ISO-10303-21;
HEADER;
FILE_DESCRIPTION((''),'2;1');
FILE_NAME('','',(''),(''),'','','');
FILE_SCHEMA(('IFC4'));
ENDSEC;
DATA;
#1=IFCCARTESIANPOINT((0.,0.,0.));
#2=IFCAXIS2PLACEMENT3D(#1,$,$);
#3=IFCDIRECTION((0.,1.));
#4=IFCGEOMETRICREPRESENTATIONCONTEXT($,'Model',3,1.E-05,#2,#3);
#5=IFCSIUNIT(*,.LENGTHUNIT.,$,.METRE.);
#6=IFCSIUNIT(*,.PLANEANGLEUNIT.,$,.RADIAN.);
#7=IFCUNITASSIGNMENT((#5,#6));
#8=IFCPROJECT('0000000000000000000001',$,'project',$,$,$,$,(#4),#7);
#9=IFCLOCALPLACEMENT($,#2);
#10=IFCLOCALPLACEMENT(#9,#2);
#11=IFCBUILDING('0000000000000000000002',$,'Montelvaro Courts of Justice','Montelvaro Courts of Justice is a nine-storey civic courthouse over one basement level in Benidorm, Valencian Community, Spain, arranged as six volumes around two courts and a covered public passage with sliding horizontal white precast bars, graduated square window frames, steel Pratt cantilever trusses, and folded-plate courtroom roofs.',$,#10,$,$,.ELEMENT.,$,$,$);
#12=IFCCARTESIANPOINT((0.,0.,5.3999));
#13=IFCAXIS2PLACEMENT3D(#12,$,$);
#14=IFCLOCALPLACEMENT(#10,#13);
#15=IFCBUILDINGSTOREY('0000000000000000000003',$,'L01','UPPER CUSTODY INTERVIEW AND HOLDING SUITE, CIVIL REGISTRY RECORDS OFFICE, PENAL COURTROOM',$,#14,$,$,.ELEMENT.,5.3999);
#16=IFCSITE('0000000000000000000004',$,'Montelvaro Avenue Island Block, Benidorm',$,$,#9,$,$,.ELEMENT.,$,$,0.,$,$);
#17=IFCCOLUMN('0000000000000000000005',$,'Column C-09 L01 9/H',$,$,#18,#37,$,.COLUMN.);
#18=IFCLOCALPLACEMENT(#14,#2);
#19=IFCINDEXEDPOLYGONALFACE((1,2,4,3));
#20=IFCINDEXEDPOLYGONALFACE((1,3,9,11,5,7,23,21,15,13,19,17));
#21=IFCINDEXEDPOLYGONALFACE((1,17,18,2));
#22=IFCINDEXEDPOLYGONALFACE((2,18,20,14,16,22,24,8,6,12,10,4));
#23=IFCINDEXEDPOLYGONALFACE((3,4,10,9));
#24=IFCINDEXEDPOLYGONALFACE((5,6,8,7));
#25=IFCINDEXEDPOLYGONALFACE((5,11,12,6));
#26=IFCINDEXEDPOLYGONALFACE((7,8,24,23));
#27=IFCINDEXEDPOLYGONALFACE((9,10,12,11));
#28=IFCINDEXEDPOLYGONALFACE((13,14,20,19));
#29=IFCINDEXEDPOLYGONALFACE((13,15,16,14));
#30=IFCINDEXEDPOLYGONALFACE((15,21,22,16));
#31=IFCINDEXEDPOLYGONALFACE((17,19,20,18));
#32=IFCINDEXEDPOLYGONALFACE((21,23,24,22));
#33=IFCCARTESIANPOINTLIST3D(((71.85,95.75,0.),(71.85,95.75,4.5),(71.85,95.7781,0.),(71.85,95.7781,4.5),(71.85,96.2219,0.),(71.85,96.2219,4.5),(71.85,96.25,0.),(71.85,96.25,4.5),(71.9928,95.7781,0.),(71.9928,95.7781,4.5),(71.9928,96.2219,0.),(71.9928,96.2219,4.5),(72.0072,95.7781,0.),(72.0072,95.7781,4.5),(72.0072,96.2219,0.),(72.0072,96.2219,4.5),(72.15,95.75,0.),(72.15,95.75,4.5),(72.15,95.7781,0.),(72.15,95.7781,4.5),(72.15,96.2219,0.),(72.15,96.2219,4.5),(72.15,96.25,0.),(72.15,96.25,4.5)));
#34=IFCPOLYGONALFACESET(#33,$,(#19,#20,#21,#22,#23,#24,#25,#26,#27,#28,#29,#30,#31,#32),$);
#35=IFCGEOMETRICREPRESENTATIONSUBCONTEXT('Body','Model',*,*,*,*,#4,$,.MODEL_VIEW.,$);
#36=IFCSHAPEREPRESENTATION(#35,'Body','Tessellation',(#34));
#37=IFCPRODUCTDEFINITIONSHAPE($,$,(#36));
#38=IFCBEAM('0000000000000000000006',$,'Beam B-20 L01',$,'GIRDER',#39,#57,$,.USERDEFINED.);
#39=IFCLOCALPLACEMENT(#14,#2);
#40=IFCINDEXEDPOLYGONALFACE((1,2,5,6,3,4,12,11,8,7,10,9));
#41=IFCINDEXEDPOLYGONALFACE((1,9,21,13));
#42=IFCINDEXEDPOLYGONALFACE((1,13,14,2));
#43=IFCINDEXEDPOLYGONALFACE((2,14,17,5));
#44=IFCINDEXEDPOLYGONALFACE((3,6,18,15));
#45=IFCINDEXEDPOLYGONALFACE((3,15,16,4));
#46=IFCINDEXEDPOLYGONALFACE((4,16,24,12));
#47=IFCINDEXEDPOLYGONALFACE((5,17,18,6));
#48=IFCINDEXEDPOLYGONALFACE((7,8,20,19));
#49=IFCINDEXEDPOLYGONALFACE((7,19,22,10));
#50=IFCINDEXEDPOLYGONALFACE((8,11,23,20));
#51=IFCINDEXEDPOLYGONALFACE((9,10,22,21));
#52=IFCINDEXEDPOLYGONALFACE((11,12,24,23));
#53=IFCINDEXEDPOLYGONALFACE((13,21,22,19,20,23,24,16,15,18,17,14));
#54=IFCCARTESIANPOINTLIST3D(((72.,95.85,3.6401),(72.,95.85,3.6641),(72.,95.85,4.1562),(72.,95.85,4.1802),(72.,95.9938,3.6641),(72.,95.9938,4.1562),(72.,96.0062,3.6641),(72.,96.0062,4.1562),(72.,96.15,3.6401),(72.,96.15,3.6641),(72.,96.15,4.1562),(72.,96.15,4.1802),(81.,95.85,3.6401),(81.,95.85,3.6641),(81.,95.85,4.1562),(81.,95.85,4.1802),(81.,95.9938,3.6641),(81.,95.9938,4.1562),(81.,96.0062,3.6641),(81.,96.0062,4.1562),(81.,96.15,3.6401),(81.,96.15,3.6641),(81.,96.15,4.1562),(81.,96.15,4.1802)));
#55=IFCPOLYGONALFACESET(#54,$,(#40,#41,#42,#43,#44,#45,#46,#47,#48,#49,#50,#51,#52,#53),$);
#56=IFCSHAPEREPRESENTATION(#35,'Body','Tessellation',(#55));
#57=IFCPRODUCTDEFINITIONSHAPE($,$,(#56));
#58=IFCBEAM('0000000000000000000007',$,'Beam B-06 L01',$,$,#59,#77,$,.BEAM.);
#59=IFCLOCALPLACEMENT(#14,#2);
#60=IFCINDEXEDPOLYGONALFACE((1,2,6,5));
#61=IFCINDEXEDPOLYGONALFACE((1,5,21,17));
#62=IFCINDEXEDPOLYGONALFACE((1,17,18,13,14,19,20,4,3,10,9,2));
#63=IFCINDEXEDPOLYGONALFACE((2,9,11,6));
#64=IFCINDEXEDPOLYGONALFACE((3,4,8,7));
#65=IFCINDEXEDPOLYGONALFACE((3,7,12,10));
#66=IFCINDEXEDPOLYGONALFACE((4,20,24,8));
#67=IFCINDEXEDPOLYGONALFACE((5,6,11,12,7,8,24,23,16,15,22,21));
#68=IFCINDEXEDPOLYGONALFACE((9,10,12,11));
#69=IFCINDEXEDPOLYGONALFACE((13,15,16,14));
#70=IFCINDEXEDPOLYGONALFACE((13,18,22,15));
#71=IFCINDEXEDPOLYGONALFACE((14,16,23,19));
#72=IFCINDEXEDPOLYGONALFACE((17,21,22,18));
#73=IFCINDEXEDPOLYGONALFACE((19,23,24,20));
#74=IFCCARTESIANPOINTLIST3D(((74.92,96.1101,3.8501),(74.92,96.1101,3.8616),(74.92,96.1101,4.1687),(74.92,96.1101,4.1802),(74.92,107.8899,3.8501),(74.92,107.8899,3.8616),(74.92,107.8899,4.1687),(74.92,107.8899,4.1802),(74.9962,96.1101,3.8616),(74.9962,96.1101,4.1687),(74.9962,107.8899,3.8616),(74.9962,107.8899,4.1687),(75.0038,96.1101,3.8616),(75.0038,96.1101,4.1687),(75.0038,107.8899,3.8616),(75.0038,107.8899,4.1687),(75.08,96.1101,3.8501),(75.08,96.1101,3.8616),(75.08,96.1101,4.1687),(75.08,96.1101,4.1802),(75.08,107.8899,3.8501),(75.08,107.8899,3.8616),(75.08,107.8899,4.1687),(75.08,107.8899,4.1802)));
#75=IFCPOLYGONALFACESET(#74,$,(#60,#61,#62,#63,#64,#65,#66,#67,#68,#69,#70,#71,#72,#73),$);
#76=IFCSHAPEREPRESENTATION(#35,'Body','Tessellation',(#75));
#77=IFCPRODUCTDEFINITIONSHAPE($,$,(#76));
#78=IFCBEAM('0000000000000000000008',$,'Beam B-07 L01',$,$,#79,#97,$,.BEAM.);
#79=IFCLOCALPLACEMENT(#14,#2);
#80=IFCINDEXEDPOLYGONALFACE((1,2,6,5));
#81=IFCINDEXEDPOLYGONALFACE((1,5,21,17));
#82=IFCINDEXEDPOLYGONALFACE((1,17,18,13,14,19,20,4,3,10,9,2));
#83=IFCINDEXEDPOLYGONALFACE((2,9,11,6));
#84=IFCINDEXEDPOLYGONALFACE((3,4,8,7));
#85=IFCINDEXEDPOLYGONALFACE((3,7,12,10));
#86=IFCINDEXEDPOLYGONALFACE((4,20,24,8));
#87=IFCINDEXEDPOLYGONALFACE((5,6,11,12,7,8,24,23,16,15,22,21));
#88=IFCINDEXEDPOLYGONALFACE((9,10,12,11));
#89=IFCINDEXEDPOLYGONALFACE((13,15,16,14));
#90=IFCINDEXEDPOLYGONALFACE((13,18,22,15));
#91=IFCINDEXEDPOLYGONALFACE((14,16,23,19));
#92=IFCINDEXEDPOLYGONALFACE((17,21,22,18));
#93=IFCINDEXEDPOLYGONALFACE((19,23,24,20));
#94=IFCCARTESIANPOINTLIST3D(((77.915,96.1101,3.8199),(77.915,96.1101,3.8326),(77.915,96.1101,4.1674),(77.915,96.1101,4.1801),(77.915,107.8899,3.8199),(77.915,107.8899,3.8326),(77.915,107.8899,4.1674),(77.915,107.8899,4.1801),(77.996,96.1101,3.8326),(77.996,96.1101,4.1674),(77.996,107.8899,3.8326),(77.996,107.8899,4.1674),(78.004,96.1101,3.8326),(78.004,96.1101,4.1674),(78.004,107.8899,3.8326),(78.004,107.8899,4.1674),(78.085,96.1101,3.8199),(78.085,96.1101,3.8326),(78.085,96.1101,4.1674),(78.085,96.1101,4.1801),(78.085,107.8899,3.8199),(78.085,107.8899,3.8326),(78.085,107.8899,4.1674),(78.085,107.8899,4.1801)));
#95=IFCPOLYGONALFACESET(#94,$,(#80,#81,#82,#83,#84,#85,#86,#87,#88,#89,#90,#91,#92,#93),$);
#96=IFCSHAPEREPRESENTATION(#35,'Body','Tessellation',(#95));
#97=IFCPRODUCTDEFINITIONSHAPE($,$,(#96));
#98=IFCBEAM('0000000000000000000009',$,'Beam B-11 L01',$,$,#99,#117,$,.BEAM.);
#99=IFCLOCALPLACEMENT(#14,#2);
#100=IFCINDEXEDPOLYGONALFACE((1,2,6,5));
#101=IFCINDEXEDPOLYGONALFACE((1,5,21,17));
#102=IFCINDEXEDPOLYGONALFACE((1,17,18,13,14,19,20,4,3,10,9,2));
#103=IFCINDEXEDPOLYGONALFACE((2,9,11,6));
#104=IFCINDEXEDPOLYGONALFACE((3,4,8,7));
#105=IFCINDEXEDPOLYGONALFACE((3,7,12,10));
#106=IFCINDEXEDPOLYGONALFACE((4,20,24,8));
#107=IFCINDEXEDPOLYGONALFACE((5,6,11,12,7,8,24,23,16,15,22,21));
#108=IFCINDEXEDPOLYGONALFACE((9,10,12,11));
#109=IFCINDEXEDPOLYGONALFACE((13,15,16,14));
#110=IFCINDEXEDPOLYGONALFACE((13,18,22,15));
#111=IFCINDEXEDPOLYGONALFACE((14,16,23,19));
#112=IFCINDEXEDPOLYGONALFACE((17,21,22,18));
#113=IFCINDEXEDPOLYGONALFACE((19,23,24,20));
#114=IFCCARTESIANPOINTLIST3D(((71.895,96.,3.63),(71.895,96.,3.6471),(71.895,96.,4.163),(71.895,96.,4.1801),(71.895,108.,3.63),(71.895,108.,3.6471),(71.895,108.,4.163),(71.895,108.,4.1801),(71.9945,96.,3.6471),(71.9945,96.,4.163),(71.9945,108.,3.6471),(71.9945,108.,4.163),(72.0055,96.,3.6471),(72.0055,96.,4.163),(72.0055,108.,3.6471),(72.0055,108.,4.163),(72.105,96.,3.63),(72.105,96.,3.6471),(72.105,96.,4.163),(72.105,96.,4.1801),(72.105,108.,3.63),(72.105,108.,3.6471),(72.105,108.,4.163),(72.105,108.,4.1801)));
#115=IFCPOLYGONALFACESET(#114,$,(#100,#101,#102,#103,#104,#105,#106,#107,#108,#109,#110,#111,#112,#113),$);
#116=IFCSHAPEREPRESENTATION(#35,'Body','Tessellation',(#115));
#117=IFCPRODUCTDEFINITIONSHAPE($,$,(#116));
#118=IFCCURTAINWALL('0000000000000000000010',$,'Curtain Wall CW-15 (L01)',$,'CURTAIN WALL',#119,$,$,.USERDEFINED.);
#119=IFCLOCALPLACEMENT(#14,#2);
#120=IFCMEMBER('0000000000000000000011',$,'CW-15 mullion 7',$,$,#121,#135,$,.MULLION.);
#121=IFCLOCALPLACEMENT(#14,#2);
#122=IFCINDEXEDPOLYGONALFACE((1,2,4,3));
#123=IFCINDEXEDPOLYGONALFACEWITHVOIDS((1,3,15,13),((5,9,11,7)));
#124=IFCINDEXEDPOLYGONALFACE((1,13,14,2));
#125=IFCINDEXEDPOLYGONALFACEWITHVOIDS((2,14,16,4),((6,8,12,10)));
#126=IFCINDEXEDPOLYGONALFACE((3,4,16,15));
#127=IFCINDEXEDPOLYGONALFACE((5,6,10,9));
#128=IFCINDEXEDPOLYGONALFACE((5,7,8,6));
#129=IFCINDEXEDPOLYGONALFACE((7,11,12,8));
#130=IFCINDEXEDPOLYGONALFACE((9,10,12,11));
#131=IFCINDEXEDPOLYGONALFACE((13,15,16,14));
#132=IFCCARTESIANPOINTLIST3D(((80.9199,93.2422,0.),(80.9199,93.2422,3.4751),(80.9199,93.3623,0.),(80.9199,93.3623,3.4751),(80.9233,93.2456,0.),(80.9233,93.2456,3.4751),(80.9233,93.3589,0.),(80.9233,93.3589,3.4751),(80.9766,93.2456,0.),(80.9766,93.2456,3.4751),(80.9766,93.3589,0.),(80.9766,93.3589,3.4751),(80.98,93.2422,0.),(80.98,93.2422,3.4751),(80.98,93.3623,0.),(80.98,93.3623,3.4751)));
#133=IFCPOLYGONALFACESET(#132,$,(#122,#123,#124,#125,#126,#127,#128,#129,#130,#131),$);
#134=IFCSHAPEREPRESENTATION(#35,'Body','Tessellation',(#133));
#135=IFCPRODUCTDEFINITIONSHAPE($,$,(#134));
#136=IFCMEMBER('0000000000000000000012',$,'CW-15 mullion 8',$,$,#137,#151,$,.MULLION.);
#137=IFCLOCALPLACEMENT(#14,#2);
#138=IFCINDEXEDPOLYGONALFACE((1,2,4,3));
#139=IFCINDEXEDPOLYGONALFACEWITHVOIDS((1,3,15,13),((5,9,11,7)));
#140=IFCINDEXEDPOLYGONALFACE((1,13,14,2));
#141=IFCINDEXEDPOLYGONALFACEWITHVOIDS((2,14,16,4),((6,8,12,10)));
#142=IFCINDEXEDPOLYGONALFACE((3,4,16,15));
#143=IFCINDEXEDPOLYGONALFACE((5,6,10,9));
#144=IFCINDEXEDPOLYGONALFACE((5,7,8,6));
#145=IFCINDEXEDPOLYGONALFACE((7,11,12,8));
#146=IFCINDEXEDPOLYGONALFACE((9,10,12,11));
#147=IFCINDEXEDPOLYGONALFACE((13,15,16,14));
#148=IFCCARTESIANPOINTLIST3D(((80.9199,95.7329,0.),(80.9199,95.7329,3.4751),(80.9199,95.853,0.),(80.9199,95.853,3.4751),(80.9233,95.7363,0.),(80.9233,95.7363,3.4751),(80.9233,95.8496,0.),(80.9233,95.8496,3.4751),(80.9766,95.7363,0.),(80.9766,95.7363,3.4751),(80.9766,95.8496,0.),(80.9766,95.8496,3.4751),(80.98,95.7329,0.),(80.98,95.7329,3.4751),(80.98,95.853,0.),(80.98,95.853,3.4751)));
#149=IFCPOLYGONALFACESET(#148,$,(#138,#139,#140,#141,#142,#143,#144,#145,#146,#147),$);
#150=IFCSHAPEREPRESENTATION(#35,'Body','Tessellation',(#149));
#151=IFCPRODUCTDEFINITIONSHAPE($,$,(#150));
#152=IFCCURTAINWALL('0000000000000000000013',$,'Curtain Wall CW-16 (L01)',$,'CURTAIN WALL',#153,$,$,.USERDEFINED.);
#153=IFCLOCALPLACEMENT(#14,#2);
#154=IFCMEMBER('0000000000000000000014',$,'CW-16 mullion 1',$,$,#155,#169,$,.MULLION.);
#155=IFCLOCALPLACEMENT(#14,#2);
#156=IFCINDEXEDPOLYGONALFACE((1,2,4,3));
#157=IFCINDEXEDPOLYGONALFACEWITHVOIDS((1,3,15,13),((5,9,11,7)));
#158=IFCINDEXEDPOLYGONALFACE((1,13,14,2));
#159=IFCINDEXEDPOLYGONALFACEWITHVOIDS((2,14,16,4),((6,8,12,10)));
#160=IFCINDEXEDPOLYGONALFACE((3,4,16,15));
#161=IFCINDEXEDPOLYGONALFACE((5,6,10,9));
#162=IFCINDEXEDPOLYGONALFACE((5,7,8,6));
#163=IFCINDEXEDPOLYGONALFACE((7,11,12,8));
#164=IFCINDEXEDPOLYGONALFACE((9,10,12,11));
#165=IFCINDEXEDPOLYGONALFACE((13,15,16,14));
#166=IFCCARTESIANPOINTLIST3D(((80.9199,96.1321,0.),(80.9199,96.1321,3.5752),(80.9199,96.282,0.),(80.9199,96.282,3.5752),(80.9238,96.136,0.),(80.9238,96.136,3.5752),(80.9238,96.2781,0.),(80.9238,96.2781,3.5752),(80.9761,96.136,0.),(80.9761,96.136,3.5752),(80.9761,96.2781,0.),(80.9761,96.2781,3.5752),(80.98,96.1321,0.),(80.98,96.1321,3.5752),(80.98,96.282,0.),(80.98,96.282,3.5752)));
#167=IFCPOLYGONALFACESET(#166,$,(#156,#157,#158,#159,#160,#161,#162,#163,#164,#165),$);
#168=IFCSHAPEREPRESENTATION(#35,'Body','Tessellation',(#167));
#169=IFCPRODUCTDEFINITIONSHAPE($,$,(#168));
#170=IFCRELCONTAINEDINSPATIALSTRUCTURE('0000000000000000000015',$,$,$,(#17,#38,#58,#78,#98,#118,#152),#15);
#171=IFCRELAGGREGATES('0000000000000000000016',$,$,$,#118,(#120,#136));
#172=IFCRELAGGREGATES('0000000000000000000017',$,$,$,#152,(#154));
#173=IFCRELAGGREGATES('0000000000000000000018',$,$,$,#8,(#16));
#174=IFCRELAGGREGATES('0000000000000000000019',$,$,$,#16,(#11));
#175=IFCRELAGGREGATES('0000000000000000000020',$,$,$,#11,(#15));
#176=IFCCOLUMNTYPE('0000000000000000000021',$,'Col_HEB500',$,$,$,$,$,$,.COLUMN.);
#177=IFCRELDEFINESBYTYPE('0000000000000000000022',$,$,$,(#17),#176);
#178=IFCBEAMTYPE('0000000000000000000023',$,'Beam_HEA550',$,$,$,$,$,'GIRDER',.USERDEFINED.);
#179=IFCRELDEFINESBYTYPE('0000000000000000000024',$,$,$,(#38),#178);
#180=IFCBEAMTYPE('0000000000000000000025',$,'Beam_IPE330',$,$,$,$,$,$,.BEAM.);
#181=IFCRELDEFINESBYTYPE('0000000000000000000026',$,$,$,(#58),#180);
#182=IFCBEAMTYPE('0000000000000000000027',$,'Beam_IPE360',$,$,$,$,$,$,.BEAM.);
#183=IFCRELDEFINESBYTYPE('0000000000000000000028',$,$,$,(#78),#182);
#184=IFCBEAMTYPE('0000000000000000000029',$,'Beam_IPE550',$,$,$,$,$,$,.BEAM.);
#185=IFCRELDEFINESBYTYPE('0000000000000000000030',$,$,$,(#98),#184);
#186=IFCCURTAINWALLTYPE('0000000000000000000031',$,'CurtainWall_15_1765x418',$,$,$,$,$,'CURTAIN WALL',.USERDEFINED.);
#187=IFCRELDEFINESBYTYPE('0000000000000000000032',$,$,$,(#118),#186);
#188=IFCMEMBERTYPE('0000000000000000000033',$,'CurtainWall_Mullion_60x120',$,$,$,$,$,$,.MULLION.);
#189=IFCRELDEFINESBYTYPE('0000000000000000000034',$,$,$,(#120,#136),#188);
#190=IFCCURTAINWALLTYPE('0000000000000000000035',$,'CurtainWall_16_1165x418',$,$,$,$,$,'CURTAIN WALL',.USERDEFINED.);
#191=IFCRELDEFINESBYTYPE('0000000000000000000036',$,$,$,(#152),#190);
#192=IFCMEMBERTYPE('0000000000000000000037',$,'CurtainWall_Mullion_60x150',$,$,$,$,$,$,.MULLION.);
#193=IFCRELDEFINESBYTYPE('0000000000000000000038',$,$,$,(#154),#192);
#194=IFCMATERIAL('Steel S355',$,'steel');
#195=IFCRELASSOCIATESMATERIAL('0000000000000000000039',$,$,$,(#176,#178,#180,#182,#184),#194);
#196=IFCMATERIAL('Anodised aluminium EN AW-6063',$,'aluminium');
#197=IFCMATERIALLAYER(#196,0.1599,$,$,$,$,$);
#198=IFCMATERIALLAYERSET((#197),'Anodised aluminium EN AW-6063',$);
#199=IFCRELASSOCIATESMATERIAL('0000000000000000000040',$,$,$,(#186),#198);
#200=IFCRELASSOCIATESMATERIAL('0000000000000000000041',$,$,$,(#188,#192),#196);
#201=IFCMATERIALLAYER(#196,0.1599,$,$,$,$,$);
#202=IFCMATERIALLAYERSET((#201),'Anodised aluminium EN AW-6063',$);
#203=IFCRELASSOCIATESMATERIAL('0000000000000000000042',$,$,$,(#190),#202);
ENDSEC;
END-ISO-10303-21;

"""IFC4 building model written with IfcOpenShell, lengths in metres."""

from ifc_helpers import new_model, si_unit, direction, frame, origin, origin_2d, place, context, subcontext, project, spatial, hollow_rectangle, i_section, extrude, material, layer, layer_set, material_profile, profile_set, type_object, element, aggregate, save


model = new_model("IFC4")

# Units and contexts
model_context = context("Model", 3, precision=1e-05, world=origin(), true_north=direction((0.0, 1.0)))
body_context = subcontext(model_context, "Body", "Model", "MODEL_VIEW")
ifc_project = project(units=[si_unit("LENGTHUNIT", "METRE"), si_unit("PLANEANGLEUNIT", "RADIAN")], contexts=[model_context])

# Site, building, storey
site_placement = place(None, origin())
site = spatial("IfcSite", under=ifc_project, at=site_placement, Name="Montelvaro Avenue Island Block, Benidorm", CompositionType="ELEMENT", RefElevation=0.0)
building_placement = place(site_placement, origin())
building = spatial("IfcBuilding", under=site, at=building_placement, Name="Montelvaro Courts of Justice", Description="Montelvaro Courts of Justice is a nine-storey civic courthouse over one basement level in Benidorm, Valencian Community, Spain, arranged as six volumes around two courts and a covered public passage with sliding horizontal white precast bars, graduated square window frames, steel Pratt cantilever trusses, and folded-plate courtroom roofs.", CompositionType="ELEMENT")
storey_placement = place(building_placement, frame((0.0, 0.0, 5.3999)))
storey = spatial("IfcBuildingStorey", under=building, at=storey_placement, Name="L01", Description="UPPER CUSTODY INTERVIEW AND HOLDING SUITE, CIVIL REGISTRY RECORDS OFFICE, PENAL COURTROOM", CompositionType="ELEMENT", Elevation=5.3999)

# Column
ifc_material_1 = material(Name="Steel S355", Category="steel")
ifc_material_profile_1 = material_profile(ifc_material_1, i_section(OverallWidth=0.3, OverallDepth=0.5, WebThickness=0.0144, FlangeThickness=0.0281, at=origin_2d()), Name="HEB 500")
ifc_profile_set_1 = profile_set([ifc_material_profile_1], Name="Steel S355")
column_type = type_object("IfcColumnType", Name="Col_HEB500", PredefinedType="COLUMN", material=ifc_profile_set_1)
column_placement = place(storey_placement, frame((72.0, 96.0, 0.0), z_axis=(0.0, 0.0, 1.0), x_axis=(1.0, 0.0, 0.0)))
element("IfcColumn", 1, at=column_placement, inside=storey, type_object=column_type, Name="Column C-09 L01 9/H", PredefinedType="COLUMN", context=body_context, shape_type="SweptSolid", body=[
    extrude(i_section(OverallWidth=0.3, OverallDepth=0.5, WebThickness=0.0144, FlangeThickness=0.0281, at=origin_2d()), origin(), (0.0, 0.0, 1.0), 4.5),
])

# Beams
ifc_material_profile_2 = material_profile(ifc_material_1, i_section(OverallWidth=0.3, OverallDepth=0.54, WebThickness=0.0125, FlangeThickness=0.0239, at=origin_2d()), Name="HEA 550")
ifc_profile_set_2 = profile_set([ifc_material_profile_2], Name="Steel S355")
beam_type_1 = type_object("IfcBeamType", Name="Beam_HEA550", ElementType="GIRDER", PredefinedType="USERDEFINED", material=ifc_profile_set_2)
beam_1_placement = place(storey_placement, frame((72.0, 96.0, 3.9102), z_axis=(1.0, 0.0, 0.0), x_axis=(0.0, 1.0, 0.0)))
element("IfcBeam", 2, at=beam_1_placement, inside=storey, type_object=beam_type_1, Name="Beam B-20 L01", ObjectType="GIRDER", PredefinedType="USERDEFINED", context=body_context, shape_type="SweptSolid", body=[
    extrude(i_section(OverallWidth=0.3, OverallDepth=0.54, WebThickness=0.0125, FlangeThickness=0.0239, at=origin_2d()), origin(), (0.0, 0.0, 1.0), 9.0),
])
ifc_material_profile_3 = material_profile(ifc_material_1, i_section(OverallWidth=0.1599, OverallDepth=0.3301, WebThickness=0.0076, FlangeThickness=0.0115, at=origin_2d()), Name="IPE 330")
ifc_profile_set_3 = profile_set([ifc_material_profile_3], Name="Steel S355")
beam_type_2 = type_object("IfcBeamType", Name="Beam_IPE330", PredefinedType="BEAM", material=ifc_profile_set_3)
beam_2_placement = place(storey_placement, frame((75.0, 96.1101, 4.0151), z_axis=(0.0, 1.0, 0.0), x_axis=(-1.0, 0.0, 0.0)))
element("IfcBeam", 3, at=beam_2_placement, inside=storey, type_object=beam_type_2, Name="Beam B-06 L01", PredefinedType="BEAM", context=body_context, shape_type="SweptSolid", body=[
    extrude(i_section(OverallWidth=0.1599, OverallDepth=0.3301, WebThickness=0.0076, FlangeThickness=0.0115, at=origin_2d()), origin(), (0.0, 0.0, 1.0), 11.7798),
])
ifc_material_profile_4 = material_profile(ifc_material_1, i_section(OverallWidth=0.1699, OverallDepth=0.3601, WebThickness=0.0081, FlangeThickness=0.0127, at=origin_2d()), Name="IPE 360")
ifc_profile_set_4 = profile_set([ifc_material_profile_4], Name="Steel S355")
beam_type_3 = type_object("IfcBeamType", Name="Beam_IPE360", PredefinedType="BEAM", material=ifc_profile_set_4)
beam_3_placement = place(storey_placement, frame((78.0, 96.1101, 4.0), z_axis=(0.0, 1.0, 0.0), x_axis=(-1.0, 0.0, 0.0)))
element("IfcBeam", 4, at=beam_3_placement, inside=storey, type_object=beam_type_3, Name="Beam B-07 L01", PredefinedType="BEAM", context=body_context, shape_type="SweptSolid", body=[
    extrude(i_section(OverallWidth=0.1699, OverallDepth=0.3601, WebThickness=0.0081, FlangeThickness=0.0127, at=origin_2d()), origin(), (0.0, 0.0, 1.0), 11.7798),
])
ifc_material_profile_5 = material_profile(ifc_material_1, i_section(OverallWidth=0.21, OverallDepth=0.55, WebThickness=0.011, FlangeThickness=0.0171, at=origin_2d()), Name="IPE 550")
ifc_profile_set_5 = profile_set([ifc_material_profile_5], Name="Steel S355")
beam_type_4 = type_object("IfcBeamType", Name="Beam_IPE550", PredefinedType="BEAM", material=ifc_profile_set_5)
beam_4_placement = place(storey_placement, frame((72.0, 96.0, 3.905), z_axis=(0.0, 1.0, 0.0), x_axis=(-1.0, 0.0, 0.0)))
element("IfcBeam", 5, at=beam_4_placement, inside=storey, type_object=beam_type_4, Name="Beam B-11 L01", PredefinedType="BEAM", context=body_context, shape_type="SweptSolid", body=[
    extrude(i_section(OverallWidth=0.21, OverallDepth=0.55, WebThickness=0.011, FlangeThickness=0.0171, at=origin_2d()), origin(), (0.0, 0.0, 1.0), 12.0),
])

# Curtain walls, members
ifc_material_2 = material(Name="Anodised aluminium EN AW-6063", Category="aluminium")
ifc_layer_1 = layer(ifc_material_2, 0.1599)
ifc_layer_set_1 = layer_set([ifc_layer_1], Name="Anodised aluminium EN AW-6063")
curtain_wall_type_1 = type_object("IfcCurtainWallType", Name="CurtainWall_15_1765x418", ElementType="CURTAIN WALL", PredefinedType="USERDEFINED", material=ifc_layer_set_1)
curtain_wall_1_placement = place(storey_placement, origin())
curtain_wall_1 = element("IfcCurtainWall", 6, at=curtain_wall_1_placement, inside=storey, type_object=curtain_wall_type_1, Name="Curtain Wall CW-15 (L01)", ObjectType="CURTAIN WALL", PredefinedType="USERDEFINED")
ifc_material_profile_6 = material_profile(ifc_material_2, hollow_rectangle(XDim=0.0601, YDim=0.1201, WallThickness=0.0034, at=origin_2d()), Name="ALU-M 60x120")
ifc_profile_set_6 = profile_set([ifc_material_profile_6], Name="Anodised aluminium EN AW-6063")
member_type_1 = type_object("IfcMemberType", Name="CurtainWall_Mullion_60x120", PredefinedType="MULLION", material=ifc_profile_set_6)
member_1_placement = place(storey_placement, frame((80.95, 93.3022, 0.0), z_axis=(0.0, 0.0, 1.0), x_axis=(-1.0, 0.0, 0.0)))
member_1 = element("IfcMember", 7, at=member_1_placement, type_object=member_type_1, Name="CW-15 mullion 7", PredefinedType="MULLION", context=body_context, shape_type="SweptSolid", body=[
    extrude(hollow_rectangle(XDim=0.0601, YDim=0.1201, WallThickness=0.0034, at=origin_2d()), origin(), (0.0, 0.0, 1.0), 3.4751),
])
member_2_placement = place(storey_placement, frame((80.95, 95.793, 0.0), z_axis=(0.0, 0.0, 1.0), x_axis=(-1.0, 0.0, 0.0)))
member_2 = element("IfcMember", 8, at=member_2_placement, type_object=member_type_1, Name="CW-15 mullion 8", PredefinedType="MULLION", context=body_context, shape_type="SweptSolid", body=[
    extrude(hollow_rectangle(XDim=0.0601, YDim=0.1201, WallThickness=0.0034, at=origin_2d()), origin(), (0.0, 0.0, 1.0), 3.4751),
])
ifc_layer_2 = layer(ifc_material_2, 0.1599)
ifc_layer_set_2 = layer_set([ifc_layer_2], Name="Anodised aluminium EN AW-6063")
curtain_wall_type_2 = type_object("IfcCurtainWallType", Name="CurtainWall_16_1165x418", ElementType="CURTAIN WALL", PredefinedType="USERDEFINED", material=ifc_layer_set_2)
curtain_wall_2_placement = place(storey_placement, origin())
curtain_wall_2 = element("IfcCurtainWall", 9, at=curtain_wall_2_placement, inside=storey, type_object=curtain_wall_type_2, Name="Curtain Wall CW-16 (L01)", ObjectType="CURTAIN WALL", PredefinedType="USERDEFINED")
ifc_material_profile_7 = material_profile(ifc_material_2, hollow_rectangle(XDim=0.0601, YDim=0.1499, WallThickness=0.0039, at=origin_2d()), Name="ALU-M 60x150")
ifc_profile_set_7 = profile_set([ifc_material_profile_7], Name="Anodised aluminium EN AW-6063")
member_type_2 = type_object("IfcMemberType", Name="CurtainWall_Mullion_60x150", PredefinedType="MULLION", material=ifc_profile_set_7)
member_3_placement = place(storey_placement, frame((80.95, 96.207, 0.0), z_axis=(0.0, 0.0, 1.0), x_axis=(-1.0, 0.0, 0.0)))
member_3 = element("IfcMember", 10, at=member_3_placement, type_object=member_type_2, Name="CW-16 mullion 1", PredefinedType="MULLION", context=body_context, shape_type="SweptSolid", body=[
    extrude(hollow_rectangle(XDim=0.0601, YDim=0.1499, WallThickness=0.0039, at=origin_2d()), origin(), (0.0, 0.0, 1.0), 3.5752),
])

aggregate(curtain_wall_1, [member_1, member_2])
aggregate(curtain_wall_2, [member_3])

save(model, "model.ifc")
